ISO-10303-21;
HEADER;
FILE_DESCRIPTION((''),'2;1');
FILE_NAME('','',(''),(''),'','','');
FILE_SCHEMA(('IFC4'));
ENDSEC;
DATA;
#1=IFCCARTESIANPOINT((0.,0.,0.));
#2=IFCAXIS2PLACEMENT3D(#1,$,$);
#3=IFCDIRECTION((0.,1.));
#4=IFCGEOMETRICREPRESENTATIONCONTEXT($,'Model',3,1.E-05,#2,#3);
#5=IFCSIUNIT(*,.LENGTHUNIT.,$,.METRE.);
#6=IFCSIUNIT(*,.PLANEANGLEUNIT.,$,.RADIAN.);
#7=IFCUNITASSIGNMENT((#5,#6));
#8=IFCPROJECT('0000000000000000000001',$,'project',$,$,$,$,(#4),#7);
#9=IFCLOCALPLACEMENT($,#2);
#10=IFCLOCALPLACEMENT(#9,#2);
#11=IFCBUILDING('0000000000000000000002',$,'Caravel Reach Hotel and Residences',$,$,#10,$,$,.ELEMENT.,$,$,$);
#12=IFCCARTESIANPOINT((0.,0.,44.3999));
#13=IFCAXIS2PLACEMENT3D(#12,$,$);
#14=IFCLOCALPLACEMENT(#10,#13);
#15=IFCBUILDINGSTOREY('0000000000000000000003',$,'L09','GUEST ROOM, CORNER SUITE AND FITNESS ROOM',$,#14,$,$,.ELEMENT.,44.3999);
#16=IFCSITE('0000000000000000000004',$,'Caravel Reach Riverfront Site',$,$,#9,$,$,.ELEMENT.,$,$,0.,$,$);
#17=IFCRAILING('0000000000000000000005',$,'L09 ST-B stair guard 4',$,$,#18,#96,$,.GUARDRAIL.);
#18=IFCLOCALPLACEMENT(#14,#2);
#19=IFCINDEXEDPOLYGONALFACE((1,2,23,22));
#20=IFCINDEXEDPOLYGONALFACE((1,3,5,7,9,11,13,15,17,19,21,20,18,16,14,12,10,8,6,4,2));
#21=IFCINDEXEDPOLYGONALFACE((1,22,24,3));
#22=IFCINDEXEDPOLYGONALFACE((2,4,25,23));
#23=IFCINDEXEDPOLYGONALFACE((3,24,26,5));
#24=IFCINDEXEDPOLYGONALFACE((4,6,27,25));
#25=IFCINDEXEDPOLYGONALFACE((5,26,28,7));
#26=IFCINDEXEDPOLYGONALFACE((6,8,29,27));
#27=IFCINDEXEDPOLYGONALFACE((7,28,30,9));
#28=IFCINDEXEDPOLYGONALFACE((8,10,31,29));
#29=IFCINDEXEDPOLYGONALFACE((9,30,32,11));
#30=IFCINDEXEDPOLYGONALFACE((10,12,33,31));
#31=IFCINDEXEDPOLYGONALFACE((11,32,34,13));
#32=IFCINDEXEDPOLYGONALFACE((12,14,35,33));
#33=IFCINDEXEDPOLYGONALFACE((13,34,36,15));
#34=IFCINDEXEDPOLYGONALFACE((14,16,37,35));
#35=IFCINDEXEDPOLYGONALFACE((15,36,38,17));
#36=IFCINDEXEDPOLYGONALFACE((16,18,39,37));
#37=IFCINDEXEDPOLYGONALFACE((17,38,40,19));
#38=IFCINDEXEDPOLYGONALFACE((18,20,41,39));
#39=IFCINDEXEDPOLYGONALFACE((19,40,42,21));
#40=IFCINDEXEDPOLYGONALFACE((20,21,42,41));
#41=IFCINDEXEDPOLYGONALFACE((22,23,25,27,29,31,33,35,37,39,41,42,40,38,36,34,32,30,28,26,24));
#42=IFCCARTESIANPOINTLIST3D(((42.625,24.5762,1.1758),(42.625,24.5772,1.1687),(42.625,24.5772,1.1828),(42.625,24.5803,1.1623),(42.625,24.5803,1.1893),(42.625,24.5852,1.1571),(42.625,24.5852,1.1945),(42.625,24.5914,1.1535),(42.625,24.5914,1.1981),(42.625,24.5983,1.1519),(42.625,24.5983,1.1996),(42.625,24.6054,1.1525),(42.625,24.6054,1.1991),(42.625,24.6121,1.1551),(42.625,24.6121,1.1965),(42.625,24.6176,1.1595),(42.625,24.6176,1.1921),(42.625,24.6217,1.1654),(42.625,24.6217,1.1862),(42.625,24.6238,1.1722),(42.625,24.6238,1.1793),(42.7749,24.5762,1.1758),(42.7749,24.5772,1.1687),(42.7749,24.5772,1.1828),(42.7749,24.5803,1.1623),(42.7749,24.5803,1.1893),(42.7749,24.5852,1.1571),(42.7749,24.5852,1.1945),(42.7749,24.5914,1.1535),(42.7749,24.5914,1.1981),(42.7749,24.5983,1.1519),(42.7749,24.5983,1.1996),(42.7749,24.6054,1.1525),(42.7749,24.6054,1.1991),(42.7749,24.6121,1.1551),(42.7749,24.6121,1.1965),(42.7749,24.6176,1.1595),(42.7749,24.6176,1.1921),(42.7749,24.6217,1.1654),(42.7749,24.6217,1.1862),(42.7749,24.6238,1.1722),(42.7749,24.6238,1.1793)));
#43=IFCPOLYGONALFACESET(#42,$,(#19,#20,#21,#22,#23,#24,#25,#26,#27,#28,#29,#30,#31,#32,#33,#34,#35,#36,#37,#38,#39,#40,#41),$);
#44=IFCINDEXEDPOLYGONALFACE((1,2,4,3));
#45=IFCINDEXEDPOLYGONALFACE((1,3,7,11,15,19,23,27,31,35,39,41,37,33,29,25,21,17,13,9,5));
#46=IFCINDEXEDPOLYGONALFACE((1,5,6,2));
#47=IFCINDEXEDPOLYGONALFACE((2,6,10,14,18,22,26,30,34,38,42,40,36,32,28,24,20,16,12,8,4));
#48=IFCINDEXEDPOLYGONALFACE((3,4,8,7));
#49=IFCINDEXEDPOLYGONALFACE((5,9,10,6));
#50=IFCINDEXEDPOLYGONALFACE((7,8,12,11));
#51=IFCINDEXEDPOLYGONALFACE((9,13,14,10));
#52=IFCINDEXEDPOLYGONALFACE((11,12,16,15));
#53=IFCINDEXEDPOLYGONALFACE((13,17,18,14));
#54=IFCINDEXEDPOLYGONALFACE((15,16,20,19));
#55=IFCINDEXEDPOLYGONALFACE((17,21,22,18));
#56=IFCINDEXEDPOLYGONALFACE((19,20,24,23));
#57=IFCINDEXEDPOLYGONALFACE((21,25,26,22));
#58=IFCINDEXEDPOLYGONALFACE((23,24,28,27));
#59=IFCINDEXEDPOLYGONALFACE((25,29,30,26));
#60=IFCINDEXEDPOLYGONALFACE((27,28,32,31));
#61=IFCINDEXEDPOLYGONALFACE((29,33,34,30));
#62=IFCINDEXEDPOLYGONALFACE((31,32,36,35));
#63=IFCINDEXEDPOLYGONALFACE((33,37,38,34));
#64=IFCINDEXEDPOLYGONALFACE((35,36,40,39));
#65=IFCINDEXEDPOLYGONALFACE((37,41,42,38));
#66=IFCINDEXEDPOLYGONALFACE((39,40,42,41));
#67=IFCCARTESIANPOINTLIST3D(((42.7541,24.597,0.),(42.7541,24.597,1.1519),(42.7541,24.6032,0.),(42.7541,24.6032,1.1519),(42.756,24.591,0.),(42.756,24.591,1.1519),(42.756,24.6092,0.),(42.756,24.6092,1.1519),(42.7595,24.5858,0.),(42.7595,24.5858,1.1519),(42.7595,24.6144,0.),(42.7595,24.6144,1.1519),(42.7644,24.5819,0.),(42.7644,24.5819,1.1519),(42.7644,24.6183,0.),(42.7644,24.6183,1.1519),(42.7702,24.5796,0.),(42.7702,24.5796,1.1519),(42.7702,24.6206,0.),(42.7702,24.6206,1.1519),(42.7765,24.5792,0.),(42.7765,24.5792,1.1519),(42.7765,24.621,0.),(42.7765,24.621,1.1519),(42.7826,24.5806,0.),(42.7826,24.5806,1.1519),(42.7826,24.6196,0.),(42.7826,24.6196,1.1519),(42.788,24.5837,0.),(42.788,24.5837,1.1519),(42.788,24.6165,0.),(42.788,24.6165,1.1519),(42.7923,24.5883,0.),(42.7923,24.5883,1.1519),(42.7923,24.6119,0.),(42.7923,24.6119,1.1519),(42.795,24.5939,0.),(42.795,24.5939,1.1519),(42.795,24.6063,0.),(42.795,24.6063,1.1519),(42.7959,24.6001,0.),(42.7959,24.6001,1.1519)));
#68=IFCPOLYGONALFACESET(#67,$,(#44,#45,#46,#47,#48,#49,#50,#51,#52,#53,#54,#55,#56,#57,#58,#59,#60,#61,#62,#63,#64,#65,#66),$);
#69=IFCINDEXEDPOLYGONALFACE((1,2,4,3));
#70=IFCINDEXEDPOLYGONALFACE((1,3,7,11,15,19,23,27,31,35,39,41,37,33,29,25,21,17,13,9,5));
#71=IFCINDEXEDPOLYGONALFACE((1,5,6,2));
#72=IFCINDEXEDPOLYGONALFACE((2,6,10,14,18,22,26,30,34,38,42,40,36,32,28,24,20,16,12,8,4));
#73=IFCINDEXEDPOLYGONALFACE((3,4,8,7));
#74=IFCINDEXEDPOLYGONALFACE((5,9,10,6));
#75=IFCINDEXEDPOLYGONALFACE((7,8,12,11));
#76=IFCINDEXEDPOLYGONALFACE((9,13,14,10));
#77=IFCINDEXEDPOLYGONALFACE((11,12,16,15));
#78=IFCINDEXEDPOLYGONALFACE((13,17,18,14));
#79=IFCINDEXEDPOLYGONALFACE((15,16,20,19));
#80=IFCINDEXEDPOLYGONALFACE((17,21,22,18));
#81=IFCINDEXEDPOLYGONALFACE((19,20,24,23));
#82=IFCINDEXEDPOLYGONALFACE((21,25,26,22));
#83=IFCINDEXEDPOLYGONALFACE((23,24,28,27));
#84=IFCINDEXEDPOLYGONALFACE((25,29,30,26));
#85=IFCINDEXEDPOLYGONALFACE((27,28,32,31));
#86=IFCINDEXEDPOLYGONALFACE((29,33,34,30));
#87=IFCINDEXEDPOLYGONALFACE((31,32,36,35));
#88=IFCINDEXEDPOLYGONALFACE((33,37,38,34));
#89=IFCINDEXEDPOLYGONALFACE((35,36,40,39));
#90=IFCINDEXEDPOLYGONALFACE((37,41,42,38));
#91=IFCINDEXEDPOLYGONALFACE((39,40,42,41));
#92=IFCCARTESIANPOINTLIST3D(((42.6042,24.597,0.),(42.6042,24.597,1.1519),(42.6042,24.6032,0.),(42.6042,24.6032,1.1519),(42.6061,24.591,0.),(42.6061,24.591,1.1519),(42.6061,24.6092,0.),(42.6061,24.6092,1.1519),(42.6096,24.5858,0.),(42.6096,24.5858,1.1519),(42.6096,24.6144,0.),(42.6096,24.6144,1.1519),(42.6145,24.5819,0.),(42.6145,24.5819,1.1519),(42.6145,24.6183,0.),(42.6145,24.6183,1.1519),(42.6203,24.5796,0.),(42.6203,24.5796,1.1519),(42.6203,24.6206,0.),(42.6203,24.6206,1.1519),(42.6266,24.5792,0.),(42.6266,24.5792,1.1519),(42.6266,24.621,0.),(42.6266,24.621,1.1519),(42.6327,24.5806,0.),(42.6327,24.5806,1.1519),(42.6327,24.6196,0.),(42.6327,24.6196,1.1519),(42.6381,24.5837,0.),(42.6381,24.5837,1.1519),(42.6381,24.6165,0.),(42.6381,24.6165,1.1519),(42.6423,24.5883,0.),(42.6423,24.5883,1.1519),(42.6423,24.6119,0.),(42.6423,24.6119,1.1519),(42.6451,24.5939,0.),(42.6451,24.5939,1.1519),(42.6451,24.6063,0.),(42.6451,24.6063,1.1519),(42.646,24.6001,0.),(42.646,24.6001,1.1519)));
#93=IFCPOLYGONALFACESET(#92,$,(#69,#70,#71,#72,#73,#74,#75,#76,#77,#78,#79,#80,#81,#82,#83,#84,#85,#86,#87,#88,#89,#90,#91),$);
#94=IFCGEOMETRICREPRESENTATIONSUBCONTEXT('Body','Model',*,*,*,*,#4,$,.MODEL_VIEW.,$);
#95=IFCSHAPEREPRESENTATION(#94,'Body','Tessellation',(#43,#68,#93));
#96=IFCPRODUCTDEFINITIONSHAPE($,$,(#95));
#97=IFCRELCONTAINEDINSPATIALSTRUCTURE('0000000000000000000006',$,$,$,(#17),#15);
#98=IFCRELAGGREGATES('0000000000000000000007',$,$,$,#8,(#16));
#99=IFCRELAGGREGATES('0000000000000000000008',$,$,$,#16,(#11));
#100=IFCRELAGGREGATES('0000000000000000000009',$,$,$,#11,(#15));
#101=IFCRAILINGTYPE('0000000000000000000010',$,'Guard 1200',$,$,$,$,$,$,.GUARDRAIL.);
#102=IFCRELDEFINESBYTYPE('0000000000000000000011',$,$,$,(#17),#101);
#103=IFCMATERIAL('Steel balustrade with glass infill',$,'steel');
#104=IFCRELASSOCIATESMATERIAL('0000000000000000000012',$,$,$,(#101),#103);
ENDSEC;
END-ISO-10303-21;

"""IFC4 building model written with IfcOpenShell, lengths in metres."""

from ifc_helpers import new_model, si_unit, direction, frame, origin, origin_2d, place, context, subcontext, project, spatial, circle, extrude, material, type_object, element, save


model = new_model("IFC4")

# Units and contexts
model_context = context("Model", 3, precision=1e-05, world=origin(), true_north=direction((0.0, 1.0)))
body_context = subcontext(model_context, "Body", "Model", "MODEL_VIEW")
ifc_project = project(units=[si_unit("LENGTHUNIT", "METRE"), si_unit("PLANEANGLEUNIT", "RADIAN")], contexts=[model_context])

# Site, building, storey
site_placement = place(None, origin())
site = spatial("IfcSite", under=ifc_project, at=site_placement, Name="Caravel Reach Riverfront Site", CompositionType="ELEMENT", RefElevation=0.0)
building_placement = place(site_placement, origin())
building = spatial("IfcBuilding", under=site, at=building_placement, Name="Caravel Reach Hotel and Residences", CompositionType="ELEMENT")
storey_placement = place(building_placement, frame((0.0, 0.0, 44.3999)))
storey = spatial("IfcBuildingStorey", under=building, at=storey_placement, Name="L09", Description="GUEST ROOM, CORNER SUITE AND FITNESS ROOM", CompositionType="ELEMENT", Elevation=44.3999)

# Railing
ifc_material_1 = material(Name="Steel balustrade with glass infill", Category="steel")
railing_type_1 = type_object("IfcRailingType", Name="Guard 1200", PredefinedType="GUARDRAIL", material=ifc_material_1)
railing_1_placement = place(storey_placement, frame((42.7749, 24.6001, 0.0)))
element("IfcRailing", 1, at=railing_1_placement, inside=storey, type_object=railing_type_1, Name="L09 ST-B stair guard 4", PredefinedType="GUARDRAIL", context=body_context, shape_type="SweptSolid", body=[
    extrude(circle(Radius=0.0239, at=origin_2d()), frame((0.0, 0.0, 1.1758), z_axis=(-1.0, 0.0, 0.0), x_axis=(0.0, -1.0, 0.0)), (0.0, 0.0, 1.0), 0.1499),
    extrude(circle(Radius=0.021, at=origin_2d()), origin(), (0.0, 0.0, 1.0), 1.1519),
    extrude(circle(Radius=0.021, at=origin_2d()), frame((-0.1499, 0.0, 0.0)), (0.0, 0.0, 1.0), 1.1519),
])

save(model, "model.ifc")
